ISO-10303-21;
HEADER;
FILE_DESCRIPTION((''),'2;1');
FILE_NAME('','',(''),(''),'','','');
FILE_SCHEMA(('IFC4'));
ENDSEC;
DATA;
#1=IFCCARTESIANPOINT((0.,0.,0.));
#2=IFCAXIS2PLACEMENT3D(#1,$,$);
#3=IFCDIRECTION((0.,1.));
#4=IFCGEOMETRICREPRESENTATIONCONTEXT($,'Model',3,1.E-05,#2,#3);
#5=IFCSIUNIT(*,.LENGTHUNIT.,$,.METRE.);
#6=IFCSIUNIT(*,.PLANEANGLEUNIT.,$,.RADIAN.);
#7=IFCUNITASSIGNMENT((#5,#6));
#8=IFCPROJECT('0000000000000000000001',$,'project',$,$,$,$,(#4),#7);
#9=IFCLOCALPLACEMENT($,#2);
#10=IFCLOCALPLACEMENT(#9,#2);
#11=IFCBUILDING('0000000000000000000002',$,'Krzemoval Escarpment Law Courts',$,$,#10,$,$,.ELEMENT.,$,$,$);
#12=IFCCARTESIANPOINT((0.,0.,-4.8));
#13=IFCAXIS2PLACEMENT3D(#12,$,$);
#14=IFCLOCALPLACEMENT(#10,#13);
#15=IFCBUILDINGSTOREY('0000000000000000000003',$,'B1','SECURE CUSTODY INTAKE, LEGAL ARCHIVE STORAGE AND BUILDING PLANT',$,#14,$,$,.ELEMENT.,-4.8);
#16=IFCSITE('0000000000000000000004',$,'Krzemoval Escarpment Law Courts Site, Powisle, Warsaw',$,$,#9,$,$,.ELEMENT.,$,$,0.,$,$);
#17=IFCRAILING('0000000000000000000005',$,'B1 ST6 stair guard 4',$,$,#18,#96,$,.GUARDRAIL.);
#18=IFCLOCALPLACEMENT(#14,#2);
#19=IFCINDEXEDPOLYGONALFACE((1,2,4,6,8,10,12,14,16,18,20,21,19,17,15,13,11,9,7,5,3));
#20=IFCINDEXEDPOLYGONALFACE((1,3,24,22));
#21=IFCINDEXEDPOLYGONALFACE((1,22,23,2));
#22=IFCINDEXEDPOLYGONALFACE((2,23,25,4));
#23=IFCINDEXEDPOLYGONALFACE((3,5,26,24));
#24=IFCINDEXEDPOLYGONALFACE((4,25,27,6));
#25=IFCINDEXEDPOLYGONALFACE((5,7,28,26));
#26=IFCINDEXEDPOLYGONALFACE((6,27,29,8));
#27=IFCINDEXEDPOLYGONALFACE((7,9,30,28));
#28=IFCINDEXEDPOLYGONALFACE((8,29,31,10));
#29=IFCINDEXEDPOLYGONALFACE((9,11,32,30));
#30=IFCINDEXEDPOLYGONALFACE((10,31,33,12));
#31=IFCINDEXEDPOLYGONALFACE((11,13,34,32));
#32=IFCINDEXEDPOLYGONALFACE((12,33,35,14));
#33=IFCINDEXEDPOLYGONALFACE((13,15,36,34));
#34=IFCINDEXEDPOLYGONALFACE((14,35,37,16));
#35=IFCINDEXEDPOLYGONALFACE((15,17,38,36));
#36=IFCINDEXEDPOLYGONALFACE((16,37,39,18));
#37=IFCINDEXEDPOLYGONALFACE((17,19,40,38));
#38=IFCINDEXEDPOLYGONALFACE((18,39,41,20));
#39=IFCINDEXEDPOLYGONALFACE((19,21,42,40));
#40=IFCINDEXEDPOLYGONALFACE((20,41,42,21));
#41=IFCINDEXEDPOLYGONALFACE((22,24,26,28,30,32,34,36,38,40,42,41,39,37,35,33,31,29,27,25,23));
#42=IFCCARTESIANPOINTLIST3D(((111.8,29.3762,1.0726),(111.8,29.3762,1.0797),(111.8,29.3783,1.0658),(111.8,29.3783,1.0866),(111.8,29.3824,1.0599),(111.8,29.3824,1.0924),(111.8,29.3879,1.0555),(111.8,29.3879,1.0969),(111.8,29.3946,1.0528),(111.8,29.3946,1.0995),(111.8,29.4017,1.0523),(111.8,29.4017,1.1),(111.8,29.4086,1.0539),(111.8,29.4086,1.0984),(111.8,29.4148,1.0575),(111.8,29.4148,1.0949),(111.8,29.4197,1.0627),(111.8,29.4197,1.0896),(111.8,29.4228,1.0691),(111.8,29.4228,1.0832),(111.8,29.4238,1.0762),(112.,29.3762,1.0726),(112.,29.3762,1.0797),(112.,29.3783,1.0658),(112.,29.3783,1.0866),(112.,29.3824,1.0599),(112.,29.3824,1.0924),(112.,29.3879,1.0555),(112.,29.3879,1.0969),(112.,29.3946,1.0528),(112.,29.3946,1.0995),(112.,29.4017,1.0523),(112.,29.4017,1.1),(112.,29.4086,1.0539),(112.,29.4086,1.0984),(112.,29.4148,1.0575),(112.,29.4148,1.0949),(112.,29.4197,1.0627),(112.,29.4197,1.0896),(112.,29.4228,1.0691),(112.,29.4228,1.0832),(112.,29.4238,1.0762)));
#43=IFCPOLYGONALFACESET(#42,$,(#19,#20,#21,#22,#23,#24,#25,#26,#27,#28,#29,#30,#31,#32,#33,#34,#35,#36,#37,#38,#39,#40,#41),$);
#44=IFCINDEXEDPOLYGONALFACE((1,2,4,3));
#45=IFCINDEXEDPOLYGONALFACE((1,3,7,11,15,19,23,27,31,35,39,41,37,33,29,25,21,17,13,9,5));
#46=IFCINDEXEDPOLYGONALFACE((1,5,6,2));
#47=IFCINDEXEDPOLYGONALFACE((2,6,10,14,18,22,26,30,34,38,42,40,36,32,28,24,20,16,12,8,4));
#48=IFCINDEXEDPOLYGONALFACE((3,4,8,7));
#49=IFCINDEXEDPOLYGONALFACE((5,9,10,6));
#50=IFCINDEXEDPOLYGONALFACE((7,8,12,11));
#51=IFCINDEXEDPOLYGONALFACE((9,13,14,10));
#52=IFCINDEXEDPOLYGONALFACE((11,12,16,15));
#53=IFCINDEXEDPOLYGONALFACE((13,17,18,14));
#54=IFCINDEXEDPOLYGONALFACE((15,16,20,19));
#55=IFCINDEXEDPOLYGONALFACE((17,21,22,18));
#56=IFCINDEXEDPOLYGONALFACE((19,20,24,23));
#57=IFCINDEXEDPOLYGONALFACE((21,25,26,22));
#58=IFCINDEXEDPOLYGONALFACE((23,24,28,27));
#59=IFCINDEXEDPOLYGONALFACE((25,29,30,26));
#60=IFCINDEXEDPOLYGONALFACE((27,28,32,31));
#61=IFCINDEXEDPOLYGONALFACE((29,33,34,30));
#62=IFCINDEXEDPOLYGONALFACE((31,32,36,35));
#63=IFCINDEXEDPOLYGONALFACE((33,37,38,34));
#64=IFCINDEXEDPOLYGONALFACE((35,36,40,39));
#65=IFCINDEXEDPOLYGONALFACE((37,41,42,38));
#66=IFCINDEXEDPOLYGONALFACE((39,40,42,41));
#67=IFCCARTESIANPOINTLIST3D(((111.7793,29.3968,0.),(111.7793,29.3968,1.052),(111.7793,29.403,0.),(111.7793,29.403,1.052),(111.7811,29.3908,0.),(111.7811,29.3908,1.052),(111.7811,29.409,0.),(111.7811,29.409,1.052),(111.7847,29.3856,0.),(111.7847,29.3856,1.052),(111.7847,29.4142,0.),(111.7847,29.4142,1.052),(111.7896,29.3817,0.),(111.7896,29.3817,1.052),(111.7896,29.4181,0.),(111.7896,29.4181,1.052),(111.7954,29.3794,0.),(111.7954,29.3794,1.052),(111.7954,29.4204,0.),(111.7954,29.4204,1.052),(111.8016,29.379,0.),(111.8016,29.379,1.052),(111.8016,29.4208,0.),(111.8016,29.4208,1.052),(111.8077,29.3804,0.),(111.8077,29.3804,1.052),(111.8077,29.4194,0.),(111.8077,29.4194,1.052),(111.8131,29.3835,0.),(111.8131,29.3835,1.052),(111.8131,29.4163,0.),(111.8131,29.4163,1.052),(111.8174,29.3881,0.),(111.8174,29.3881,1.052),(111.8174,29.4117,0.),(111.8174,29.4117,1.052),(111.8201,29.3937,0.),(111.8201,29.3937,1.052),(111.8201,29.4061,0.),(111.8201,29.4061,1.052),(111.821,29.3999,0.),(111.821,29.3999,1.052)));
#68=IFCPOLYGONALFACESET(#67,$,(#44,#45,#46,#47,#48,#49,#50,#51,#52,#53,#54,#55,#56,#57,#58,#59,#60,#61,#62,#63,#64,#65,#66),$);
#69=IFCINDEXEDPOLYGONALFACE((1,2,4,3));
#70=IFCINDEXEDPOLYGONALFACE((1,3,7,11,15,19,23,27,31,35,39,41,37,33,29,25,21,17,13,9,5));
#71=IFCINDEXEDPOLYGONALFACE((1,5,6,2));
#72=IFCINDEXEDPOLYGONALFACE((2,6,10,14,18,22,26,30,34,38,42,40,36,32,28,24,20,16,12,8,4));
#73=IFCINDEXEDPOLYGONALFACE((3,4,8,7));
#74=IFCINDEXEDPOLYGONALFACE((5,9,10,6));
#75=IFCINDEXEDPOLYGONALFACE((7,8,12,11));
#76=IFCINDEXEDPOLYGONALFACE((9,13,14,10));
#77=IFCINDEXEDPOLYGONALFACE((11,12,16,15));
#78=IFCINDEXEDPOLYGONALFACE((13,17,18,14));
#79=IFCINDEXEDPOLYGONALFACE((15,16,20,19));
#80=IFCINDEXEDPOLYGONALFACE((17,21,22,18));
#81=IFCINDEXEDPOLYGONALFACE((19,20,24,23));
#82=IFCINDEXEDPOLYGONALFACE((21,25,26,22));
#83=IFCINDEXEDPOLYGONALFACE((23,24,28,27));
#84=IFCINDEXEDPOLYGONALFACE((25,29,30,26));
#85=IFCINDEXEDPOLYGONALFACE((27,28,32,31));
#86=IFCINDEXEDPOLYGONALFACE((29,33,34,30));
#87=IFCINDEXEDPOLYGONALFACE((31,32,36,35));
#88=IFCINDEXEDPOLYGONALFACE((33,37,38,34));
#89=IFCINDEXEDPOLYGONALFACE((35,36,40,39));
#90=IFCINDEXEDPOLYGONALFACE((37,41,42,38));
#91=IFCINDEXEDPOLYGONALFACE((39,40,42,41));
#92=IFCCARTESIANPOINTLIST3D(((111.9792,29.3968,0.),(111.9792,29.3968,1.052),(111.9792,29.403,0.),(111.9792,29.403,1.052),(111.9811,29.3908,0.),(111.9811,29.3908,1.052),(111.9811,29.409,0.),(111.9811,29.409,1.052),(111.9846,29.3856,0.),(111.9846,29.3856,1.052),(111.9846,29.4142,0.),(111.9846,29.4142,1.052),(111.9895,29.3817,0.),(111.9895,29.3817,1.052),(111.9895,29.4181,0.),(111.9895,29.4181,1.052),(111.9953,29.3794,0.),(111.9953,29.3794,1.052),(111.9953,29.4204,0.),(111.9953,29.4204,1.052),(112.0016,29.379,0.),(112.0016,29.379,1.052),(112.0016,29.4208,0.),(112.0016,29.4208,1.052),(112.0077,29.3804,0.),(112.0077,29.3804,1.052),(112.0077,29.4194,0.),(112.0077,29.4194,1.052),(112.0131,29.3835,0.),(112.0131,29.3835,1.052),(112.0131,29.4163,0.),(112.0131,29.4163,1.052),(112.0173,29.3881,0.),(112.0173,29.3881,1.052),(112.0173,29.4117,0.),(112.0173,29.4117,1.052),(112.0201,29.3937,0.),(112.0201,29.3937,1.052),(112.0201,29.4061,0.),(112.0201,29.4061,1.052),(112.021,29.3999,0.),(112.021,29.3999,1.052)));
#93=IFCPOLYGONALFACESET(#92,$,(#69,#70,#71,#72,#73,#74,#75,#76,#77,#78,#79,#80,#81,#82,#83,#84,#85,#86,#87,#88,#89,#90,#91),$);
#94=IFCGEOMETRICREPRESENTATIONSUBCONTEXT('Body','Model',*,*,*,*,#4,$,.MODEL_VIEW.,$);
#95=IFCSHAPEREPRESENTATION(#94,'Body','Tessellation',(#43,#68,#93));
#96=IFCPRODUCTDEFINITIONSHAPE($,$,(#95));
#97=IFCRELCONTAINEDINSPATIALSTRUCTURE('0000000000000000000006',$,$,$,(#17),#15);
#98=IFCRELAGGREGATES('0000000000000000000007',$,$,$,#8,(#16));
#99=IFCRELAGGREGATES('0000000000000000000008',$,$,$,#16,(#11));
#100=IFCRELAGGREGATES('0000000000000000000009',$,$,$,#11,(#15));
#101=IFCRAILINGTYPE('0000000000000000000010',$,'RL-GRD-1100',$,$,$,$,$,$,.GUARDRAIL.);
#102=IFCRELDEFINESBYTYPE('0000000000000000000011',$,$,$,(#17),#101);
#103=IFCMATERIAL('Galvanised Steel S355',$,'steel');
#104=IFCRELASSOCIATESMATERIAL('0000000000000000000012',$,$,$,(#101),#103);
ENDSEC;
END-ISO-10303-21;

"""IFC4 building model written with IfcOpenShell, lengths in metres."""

from ifc_helpers import new_model, si_unit, direction, frame, origin, origin_2d, place, context, subcontext, project, spatial, circle, extrude, material, type_object, element, save


model = new_model("IFC4")

# Units and contexts
model_context = context("Model", 3, precision=1e-05, world=origin(), true_north=direction((0.0, 1.0)))
body_context = subcontext(model_context, "Body", "Model", "MODEL_VIEW")
ifc_project = project(units=[si_unit("LENGTHUNIT", "METRE"), si_unit("PLANEANGLEUNIT", "RADIAN")], contexts=[model_context])

# Site, building, storey
site_placement = place(None, origin())
site = spatial("IfcSite", under=ifc_project, at=site_placement, Name="Krzemoval Escarpment Law Courts Site, Powisle, Warsaw", CompositionType="ELEMENT", RefElevation=0.0)
building_placement = place(site_placement, origin())
building = spatial("IfcBuilding", under=site, at=building_placement, Name="Krzemoval Escarpment Law Courts", CompositionType="ELEMENT")
storey_placement = place(building_placement, frame((0.0, 0.0, -4.8)))
storey = spatial("IfcBuildingStorey", under=building, at=storey_placement, Name="B1", Description="SECURE CUSTODY INTAKE, LEGAL ARCHIVE STORAGE AND BUILDING PLANT", CompositionType="ELEMENT", Elevation=-4.8)

# Railing
ifc_material_1 = material(Name="Galvanised Steel S355", Category="steel")
railing_type_1 = type_object("IfcRailingType", Name="RL-GRD-1100", PredefinedType="GUARDRAIL", material=ifc_material_1)
railing_1_placement = place(storey_placement, frame((111.8, 29.3999, 0.0)))
element("IfcRailing", 1, at=railing_1_placement, inside=storey, type_object=railing_type_1, Name="B1 ST6 stair guard 4", PredefinedType="GUARDRAIL", context=body_context, shape_type="SweptSolid", body=[
    extrude(circle(Radius=0.0239, at=origin_2d()), frame((0.0, 0.0, 1.0762), z_axis=(1.0, 0.0, 0.0), x_axis=(0.0, 1.0, 0.0)), (0.0, 0.0, 1.0), 0.2),
    extrude(circle(Radius=0.021, at=origin_2d()), origin(), (0.0, 0.0, 1.0), 1.052),
    extrude(circle(Radius=0.021, at=origin_2d()), frame((0.2, 0.0, 0.0)), (0.0, 0.0, 1.0), 1.052),
])

save(model, "model.ifc")
